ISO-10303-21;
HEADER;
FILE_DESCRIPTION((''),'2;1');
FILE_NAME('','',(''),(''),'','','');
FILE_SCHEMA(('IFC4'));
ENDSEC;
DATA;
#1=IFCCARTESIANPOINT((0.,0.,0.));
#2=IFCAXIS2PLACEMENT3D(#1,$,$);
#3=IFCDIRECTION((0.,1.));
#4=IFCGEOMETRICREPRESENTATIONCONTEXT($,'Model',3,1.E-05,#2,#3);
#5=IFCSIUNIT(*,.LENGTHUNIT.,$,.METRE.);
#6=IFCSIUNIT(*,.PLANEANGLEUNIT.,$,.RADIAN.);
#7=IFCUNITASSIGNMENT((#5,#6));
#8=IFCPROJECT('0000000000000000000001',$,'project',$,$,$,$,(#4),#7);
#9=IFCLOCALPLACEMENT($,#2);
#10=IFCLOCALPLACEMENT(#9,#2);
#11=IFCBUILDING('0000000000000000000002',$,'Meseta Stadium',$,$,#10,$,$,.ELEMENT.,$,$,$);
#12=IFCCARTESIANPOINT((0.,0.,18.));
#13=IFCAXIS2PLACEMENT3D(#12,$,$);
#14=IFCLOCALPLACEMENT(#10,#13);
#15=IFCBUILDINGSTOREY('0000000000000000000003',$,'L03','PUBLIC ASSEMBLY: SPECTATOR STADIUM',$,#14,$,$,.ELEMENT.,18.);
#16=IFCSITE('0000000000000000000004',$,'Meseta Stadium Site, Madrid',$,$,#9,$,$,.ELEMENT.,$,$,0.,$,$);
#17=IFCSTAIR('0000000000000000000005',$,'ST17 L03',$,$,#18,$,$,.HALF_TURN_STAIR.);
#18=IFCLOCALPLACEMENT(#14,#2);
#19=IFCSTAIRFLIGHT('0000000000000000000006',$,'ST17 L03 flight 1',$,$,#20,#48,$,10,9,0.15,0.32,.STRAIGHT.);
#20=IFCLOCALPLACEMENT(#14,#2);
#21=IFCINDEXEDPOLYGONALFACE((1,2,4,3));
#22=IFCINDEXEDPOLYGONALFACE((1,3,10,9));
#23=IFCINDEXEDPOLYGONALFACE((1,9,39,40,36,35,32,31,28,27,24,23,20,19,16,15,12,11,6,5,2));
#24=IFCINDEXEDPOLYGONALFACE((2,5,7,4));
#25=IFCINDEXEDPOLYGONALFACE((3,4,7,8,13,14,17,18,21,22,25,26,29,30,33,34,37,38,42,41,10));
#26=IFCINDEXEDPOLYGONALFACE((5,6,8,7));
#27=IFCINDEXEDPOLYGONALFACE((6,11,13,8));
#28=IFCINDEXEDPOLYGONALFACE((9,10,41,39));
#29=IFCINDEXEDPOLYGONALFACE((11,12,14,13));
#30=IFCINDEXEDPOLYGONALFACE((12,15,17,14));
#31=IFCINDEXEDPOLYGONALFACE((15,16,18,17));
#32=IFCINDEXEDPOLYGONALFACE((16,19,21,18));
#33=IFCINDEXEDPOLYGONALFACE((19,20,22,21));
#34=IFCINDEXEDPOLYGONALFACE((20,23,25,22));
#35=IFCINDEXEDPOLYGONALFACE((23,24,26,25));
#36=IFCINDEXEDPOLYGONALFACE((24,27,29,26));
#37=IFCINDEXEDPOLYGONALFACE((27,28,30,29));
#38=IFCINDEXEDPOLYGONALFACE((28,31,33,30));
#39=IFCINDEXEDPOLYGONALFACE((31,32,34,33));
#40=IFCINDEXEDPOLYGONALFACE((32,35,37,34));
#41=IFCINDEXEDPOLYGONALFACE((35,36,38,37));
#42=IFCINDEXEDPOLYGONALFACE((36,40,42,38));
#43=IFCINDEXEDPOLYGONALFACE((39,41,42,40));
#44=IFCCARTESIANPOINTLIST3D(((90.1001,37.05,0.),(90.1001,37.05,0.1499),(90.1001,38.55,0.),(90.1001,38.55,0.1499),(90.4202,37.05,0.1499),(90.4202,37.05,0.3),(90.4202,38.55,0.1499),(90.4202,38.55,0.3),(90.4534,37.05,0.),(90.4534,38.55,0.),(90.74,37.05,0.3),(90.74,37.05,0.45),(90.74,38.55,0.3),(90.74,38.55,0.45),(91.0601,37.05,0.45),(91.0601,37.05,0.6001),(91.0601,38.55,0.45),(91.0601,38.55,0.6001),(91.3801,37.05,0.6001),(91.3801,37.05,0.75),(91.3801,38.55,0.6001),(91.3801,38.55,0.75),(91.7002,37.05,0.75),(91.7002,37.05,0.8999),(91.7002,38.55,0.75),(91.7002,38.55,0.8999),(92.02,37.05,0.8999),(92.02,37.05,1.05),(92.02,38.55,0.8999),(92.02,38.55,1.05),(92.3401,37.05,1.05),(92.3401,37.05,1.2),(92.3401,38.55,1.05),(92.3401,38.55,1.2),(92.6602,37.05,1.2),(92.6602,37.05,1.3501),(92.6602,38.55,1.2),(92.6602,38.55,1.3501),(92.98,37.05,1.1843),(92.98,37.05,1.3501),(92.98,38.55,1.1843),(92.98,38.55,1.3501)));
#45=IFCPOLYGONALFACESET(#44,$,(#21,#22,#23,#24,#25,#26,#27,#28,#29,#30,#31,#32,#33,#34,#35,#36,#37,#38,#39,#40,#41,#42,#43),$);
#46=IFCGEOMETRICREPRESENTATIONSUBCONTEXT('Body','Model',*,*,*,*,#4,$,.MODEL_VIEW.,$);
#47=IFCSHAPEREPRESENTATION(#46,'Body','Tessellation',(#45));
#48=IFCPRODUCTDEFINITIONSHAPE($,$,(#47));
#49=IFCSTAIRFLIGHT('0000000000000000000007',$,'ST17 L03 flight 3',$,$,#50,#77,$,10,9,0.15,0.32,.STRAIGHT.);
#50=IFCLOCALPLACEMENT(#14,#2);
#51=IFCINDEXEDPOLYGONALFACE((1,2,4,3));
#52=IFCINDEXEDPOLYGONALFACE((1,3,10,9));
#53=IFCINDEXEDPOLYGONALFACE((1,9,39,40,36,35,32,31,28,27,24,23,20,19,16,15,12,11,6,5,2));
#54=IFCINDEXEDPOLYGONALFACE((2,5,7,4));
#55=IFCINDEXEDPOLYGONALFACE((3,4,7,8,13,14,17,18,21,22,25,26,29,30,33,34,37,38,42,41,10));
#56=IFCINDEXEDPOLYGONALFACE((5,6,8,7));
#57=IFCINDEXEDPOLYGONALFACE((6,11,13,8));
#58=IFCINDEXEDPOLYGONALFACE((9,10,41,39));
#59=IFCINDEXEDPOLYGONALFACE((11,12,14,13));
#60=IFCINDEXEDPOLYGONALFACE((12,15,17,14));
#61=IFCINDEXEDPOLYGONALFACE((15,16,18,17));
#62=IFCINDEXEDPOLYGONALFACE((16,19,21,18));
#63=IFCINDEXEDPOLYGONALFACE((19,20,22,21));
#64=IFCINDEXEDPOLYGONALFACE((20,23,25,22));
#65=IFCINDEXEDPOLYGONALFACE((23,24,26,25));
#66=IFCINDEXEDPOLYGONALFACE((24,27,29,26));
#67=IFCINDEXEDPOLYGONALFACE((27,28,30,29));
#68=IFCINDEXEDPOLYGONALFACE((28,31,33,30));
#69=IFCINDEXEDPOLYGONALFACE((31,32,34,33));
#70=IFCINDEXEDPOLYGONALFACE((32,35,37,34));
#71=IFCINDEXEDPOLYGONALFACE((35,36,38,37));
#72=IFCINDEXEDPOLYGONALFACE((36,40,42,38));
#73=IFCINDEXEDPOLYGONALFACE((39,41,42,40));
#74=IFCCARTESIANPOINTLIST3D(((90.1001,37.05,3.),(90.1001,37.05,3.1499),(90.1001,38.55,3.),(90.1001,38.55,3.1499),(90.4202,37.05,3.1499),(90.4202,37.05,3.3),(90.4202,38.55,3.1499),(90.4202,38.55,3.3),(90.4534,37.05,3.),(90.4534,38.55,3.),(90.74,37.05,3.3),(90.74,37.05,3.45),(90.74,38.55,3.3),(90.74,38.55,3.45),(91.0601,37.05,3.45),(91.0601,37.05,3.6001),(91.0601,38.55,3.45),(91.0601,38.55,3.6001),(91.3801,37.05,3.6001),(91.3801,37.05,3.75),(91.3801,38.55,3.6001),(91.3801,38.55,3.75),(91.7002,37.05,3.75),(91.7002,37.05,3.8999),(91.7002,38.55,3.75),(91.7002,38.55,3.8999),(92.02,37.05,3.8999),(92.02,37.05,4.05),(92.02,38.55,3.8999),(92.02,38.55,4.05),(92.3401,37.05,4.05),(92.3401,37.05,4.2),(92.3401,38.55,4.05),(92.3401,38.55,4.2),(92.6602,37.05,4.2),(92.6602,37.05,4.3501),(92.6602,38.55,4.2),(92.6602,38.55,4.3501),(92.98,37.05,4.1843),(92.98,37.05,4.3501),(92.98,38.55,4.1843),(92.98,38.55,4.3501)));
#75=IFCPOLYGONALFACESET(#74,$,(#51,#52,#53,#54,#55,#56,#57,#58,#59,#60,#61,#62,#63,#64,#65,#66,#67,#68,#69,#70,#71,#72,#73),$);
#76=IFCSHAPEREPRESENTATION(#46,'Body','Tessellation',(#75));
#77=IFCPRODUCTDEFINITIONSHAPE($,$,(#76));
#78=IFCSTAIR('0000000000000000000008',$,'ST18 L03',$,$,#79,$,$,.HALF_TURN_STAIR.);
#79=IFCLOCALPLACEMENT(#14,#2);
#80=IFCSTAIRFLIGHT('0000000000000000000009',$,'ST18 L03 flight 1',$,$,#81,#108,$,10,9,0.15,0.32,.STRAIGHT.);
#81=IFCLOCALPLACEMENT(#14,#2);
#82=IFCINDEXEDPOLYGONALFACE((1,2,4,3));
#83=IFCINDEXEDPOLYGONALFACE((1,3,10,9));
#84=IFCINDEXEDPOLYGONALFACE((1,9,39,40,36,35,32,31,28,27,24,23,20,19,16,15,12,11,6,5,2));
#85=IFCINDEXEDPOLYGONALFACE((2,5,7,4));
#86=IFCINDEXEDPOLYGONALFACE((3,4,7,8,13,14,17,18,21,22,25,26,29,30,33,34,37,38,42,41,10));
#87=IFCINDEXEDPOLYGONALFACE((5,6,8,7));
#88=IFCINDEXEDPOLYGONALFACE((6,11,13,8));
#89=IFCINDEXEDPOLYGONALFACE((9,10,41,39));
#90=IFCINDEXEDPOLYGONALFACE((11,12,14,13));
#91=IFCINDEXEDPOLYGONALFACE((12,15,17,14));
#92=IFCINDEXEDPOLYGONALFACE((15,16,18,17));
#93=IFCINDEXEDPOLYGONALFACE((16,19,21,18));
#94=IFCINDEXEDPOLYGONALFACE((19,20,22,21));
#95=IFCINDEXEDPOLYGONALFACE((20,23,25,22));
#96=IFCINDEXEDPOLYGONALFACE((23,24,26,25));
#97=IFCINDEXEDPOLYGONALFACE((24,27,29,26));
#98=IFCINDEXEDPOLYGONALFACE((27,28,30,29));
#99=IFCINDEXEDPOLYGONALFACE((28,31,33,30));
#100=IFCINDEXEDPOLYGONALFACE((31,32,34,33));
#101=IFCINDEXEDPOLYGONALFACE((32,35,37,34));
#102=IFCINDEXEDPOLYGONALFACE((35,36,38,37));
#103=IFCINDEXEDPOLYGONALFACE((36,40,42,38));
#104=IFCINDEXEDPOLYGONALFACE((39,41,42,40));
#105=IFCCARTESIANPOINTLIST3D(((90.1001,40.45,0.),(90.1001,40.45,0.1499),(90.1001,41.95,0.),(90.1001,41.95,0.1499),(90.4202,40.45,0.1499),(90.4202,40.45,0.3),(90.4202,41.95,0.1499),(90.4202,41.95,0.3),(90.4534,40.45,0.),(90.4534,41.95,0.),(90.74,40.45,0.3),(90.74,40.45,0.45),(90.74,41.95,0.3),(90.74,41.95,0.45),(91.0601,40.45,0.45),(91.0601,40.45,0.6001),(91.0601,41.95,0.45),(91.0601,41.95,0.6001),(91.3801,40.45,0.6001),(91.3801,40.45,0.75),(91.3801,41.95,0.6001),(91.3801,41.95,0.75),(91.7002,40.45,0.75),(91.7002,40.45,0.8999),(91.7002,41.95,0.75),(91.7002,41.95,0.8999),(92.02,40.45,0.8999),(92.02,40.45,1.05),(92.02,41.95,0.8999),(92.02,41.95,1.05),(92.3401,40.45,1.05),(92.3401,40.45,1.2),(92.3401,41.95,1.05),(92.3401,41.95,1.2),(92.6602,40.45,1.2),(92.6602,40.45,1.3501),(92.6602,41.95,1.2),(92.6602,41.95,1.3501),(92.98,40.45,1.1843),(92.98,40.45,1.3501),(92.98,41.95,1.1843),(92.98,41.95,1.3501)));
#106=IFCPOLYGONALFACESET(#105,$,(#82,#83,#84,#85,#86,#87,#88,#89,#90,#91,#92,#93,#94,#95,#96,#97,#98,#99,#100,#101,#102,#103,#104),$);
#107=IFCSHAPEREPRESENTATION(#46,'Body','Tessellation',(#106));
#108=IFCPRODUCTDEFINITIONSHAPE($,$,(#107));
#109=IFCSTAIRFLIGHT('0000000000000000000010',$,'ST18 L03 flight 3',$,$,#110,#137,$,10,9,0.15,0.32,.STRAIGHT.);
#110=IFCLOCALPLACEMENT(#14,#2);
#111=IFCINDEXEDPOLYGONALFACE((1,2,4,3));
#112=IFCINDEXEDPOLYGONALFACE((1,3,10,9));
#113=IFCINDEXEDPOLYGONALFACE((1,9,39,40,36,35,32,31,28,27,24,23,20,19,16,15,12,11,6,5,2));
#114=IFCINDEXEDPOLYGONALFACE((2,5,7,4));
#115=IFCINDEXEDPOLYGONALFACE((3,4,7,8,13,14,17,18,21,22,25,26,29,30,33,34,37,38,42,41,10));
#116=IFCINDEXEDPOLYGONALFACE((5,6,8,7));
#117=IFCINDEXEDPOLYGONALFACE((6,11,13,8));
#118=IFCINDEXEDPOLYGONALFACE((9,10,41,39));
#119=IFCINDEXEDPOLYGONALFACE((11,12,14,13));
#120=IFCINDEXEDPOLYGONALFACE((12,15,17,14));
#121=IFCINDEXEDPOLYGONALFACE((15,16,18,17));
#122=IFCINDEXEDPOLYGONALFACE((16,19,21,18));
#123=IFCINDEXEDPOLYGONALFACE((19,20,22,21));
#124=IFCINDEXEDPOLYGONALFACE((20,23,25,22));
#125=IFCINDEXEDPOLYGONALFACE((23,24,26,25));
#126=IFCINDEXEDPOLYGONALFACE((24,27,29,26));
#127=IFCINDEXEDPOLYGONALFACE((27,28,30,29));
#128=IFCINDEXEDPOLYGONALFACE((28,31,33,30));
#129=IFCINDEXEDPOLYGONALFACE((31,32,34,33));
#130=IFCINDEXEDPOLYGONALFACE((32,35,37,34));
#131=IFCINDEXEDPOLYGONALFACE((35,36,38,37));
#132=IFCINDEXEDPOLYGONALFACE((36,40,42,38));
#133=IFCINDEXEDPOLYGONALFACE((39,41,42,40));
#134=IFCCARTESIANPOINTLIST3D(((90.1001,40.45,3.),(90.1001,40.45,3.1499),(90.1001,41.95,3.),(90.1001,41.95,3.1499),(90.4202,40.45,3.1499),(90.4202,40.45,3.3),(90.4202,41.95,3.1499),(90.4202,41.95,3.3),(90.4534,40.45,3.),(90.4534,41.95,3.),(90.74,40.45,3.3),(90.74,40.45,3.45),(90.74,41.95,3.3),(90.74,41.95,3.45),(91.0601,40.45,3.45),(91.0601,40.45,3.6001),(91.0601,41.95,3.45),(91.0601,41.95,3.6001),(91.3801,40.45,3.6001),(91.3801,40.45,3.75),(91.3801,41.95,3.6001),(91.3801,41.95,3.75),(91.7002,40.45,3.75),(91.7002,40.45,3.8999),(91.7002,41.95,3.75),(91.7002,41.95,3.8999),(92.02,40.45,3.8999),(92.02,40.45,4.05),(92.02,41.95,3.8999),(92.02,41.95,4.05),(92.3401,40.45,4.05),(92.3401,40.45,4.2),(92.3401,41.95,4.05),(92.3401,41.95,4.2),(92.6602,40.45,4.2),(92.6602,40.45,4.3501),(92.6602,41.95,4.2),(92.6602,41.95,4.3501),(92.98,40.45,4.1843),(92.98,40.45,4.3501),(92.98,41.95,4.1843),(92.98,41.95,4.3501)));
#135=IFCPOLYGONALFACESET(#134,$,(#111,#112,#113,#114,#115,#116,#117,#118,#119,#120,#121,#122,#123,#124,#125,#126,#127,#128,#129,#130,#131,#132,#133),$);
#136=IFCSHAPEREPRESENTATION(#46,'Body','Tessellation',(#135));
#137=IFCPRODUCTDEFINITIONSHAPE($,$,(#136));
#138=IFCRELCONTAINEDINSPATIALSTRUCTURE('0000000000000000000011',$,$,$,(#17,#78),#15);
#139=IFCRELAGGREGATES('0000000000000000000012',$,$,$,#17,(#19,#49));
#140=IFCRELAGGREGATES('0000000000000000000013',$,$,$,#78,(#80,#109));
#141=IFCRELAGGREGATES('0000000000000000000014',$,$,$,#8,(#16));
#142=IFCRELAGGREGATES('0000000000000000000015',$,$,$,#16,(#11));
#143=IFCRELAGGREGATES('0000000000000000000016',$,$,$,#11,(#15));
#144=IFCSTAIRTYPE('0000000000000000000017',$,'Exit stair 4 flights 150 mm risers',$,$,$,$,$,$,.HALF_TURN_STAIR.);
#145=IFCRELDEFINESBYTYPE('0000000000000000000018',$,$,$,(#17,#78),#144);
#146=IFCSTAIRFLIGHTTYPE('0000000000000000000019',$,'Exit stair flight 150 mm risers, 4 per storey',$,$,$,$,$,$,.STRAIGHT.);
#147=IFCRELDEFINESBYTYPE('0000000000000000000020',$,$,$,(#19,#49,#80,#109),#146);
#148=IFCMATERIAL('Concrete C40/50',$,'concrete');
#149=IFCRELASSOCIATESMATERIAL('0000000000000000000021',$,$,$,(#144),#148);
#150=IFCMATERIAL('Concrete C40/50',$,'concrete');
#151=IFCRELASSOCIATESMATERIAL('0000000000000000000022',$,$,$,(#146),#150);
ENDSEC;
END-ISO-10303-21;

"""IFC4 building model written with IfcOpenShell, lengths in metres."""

from ifc_helpers import new_model, si_unit, direction, frame, origin, place, context, subcontext, project, spatial, polyline, outline, extrude, material, type_object, element, aggregate, save


model = new_model("IFC4")

# Units and contexts
model_context = context("Model", 3, precision=1e-05, world=origin(), true_north=direction((0.0, 1.0)))
body_context = subcontext(model_context, "Body", "Model", "MODEL_VIEW")
ifc_project = project(units=[si_unit("LENGTHUNIT", "METRE"), si_unit("PLANEANGLEUNIT", "RADIAN")], contexts=[model_context])

# Site, building, storey
site_placement = place(None, origin())
site = spatial("IfcSite", under=ifc_project, at=site_placement, Name="Meseta Stadium Site, Madrid", CompositionType="ELEMENT", RefElevation=0.0)
building_placement = place(site_placement, origin())
building = spatial("IfcBuilding", under=site, at=building_placement, Name="Meseta Stadium", CompositionType="ELEMENT")
storey_placement = place(building_placement, frame((0.0, 0.0, 18.0)))
storey = spatial("IfcBuildingStorey", under=building, at=storey_placement, Name="L03", Description="PUBLIC ASSEMBLY: SPECTATOR STADIUM", CompositionType="ELEMENT", Elevation=18.0)

# Stairs, stair flights
ifc_material_1 = material(Name="Concrete C40/50", Category="concrete")
stair_type = type_object("IfcStairType", Name="Exit stair 4 flights 150 mm risers", PredefinedType="HALF_TURN_STAIR", material=ifc_material_1)
stair_1_placement = place(storey_placement, origin())
stair_1 = element("IfcStair", 1, at=stair_1_placement, inside=storey, type_object=stair_type, Name="ST17 L03", PredefinedType="HALF_TURN_STAIR")
ifc_material_2 = material(Name="Concrete C40/50", Category="concrete")
stair_flight_type = type_object("IfcStairFlightType", Name="Exit stair flight 150 mm risers, 4 per storey", PredefinedType="STRAIGHT", material=ifc_material_2)
stair_flight_1_placement = place(storey_placement, frame((90.1001, 37.8, 0.0), z_axis=(0.0, 0.0, 1.0), x_axis=(1.0, 0.0, 0.0)))
stair_flight_1 = element("IfcStairFlight", 2, at=stair_flight_1_placement, type_object=stair_flight_type, Name="ST17 L03 flight 1", NumberOfRisers=10, NumberOfTreads=9, PredefinedType="STRAIGHT", RiserHeight=0.15, TreadLength=0.32, context=body_context, shape_type="SweptSolid", body=[
    extrude(outline(polyline([(0.0, 0.0), (0.0, 0.1499), (0.3201, 0.1499), (0.3201, 0.3), (0.6399, 0.3), (0.6399, 0.45), (0.96, 0.45), (0.96, 0.6001), (1.28, 0.6001), (1.28, 0.75), (1.6001, 0.75), (1.6001, 0.8999), (1.9199, 0.8999), (1.9199, 1.05), (2.24, 1.05), (2.24, 1.2), (2.5601, 1.2), (2.5601, 1.3501), (2.8799, 1.3501), (2.8799, 1.1843), (0.3533, 0.0), (0.0, 0.0)])), frame((0.0, 0.75, 0.0), z_axis=(0.0, -1.0, 0.0), x_axis=(1.0, 0.0, 0.0)), (0.0, 0.0, 1.0), 1.5),
])
stair_flight_2_placement = place(storey_placement, frame((90.1001, 37.8, 3.0), z_axis=(0.0, 0.0, 1.0), x_axis=(1.0, 0.0, 0.0)))
stair_flight_2 = element("IfcStairFlight", 3, at=stair_flight_2_placement, type_object=stair_flight_type, Name="ST17 L03 flight 3", NumberOfRisers=10, NumberOfTreads=9, PredefinedType="STRAIGHT", RiserHeight=0.15, TreadLength=0.32, context=body_context, shape_type="SweptSolid", body=[
    extrude(outline(polyline([(0.0, 0.0), (0.0, 0.1499), (0.3201, 0.1499), (0.3201, 0.3), (0.6399, 0.3), (0.6399, 0.45), (0.96, 0.45), (0.96, 0.6001), (1.28, 0.6001), (1.28, 0.75), (1.6001, 0.75), (1.6001, 0.8999), (1.9199, 0.8999), (1.9199, 1.05), (2.24, 1.05), (2.24, 1.2), (2.5601, 1.2), (2.5601, 1.3501), (2.8799, 1.3501), (2.8799, 1.1843), (0.3533, 0.0), (0.0, 0.0)])), frame((0.0, 0.75, 0.0), z_axis=(0.0, -1.0, 0.0), x_axis=(1.0, 0.0, 0.0)), (0.0, 0.0, 1.0), 1.5),
])
aggregate(stair_1, [stair_flight_1, stair_flight_2])
stair_2_placement = place(storey_placement, origin())
stair_2 = element("IfcStair", 4, at=stair_2_placement, inside=storey, type_object=stair_type, Name="ST18 L03", PredefinedType="HALF_TURN_STAIR")
stair_flight_3_placement = place(storey_placement, frame((90.1001, 41.2, 0.0), z_axis=(0.0, 0.0, 1.0), x_axis=(1.0, 0.0, 0.0)))
stair_flight_3 = element("IfcStairFlight", 5, at=stair_flight_3_placement, type_object=stair_flight_type, Name="ST18 L03 flight 1", NumberOfRisers=10, NumberOfTreads=9, PredefinedType="STRAIGHT", RiserHeight=0.15, TreadLength=0.32, context=body_context, shape_type="SweptSolid", body=[
    extrude(outline(polyline([(0.0, 0.0), (0.0, 0.1499), (0.3201, 0.1499), (0.3201, 0.3), (0.6399, 0.3), (0.6399, 0.45), (0.96, 0.45), (0.96, 0.6001), (1.28, 0.6001), (1.28, 0.75), (1.6001, 0.75), (1.6001, 0.8999), (1.9199, 0.8999), (1.9199, 1.05), (2.24, 1.05), (2.24, 1.2), (2.5601, 1.2), (2.5601, 1.3501), (2.8799, 1.3501), (2.8799, 1.1843), (0.3533, 0.0), (0.0, 0.0)])), frame((0.0, 0.75, 0.0), z_axis=(0.0, -1.0, 0.0), x_axis=(1.0, 0.0, 0.0)), (0.0, 0.0, 1.0), 1.5),
])
stair_flight_4_placement = place(storey_placement, frame((90.1001, 41.2, 3.0), z_axis=(0.0, 0.0, 1.0), x_axis=(1.0, 0.0, 0.0)))
stair_flight_4 = element("IfcStairFlight", 6, at=stair_flight_4_placement, type_object=stair_flight_type, Name="ST18 L03 flight 3", NumberOfRisers=10, NumberOfTreads=9, PredefinedType="STRAIGHT", RiserHeight=0.15, TreadLength=0.32, context=body_context, shape_type="SweptSolid", body=[
    extrude(outline(polyline([(0.0, 0.0), (0.0, 0.1499), (0.3201, 0.1499), (0.3201, 0.3), (0.6399, 0.3), (0.6399, 0.45), (0.96, 0.45), (0.96, 0.6001), (1.28, 0.6001), (1.28, 0.75), (1.6001, 0.75), (1.6001, 0.8999), (1.9199, 0.8999), (1.9199, 1.05), (2.24, 1.05), (2.24, 1.2), (2.5601, 1.2), (2.5601, 1.3501), (2.8799, 1.3501), (2.8799, 1.1843), (0.3533, 0.0), (0.0, 0.0)])), frame((0.0, 0.75, 0.0), z_axis=(0.0, -1.0, 0.0), x_axis=(1.0, 0.0, 0.0)), (0.0, 0.0, 1.0), 1.5),
])
aggregate(stair_2, [stair_flight_3, stair_flight_4])

save(model, "model.ifc")
